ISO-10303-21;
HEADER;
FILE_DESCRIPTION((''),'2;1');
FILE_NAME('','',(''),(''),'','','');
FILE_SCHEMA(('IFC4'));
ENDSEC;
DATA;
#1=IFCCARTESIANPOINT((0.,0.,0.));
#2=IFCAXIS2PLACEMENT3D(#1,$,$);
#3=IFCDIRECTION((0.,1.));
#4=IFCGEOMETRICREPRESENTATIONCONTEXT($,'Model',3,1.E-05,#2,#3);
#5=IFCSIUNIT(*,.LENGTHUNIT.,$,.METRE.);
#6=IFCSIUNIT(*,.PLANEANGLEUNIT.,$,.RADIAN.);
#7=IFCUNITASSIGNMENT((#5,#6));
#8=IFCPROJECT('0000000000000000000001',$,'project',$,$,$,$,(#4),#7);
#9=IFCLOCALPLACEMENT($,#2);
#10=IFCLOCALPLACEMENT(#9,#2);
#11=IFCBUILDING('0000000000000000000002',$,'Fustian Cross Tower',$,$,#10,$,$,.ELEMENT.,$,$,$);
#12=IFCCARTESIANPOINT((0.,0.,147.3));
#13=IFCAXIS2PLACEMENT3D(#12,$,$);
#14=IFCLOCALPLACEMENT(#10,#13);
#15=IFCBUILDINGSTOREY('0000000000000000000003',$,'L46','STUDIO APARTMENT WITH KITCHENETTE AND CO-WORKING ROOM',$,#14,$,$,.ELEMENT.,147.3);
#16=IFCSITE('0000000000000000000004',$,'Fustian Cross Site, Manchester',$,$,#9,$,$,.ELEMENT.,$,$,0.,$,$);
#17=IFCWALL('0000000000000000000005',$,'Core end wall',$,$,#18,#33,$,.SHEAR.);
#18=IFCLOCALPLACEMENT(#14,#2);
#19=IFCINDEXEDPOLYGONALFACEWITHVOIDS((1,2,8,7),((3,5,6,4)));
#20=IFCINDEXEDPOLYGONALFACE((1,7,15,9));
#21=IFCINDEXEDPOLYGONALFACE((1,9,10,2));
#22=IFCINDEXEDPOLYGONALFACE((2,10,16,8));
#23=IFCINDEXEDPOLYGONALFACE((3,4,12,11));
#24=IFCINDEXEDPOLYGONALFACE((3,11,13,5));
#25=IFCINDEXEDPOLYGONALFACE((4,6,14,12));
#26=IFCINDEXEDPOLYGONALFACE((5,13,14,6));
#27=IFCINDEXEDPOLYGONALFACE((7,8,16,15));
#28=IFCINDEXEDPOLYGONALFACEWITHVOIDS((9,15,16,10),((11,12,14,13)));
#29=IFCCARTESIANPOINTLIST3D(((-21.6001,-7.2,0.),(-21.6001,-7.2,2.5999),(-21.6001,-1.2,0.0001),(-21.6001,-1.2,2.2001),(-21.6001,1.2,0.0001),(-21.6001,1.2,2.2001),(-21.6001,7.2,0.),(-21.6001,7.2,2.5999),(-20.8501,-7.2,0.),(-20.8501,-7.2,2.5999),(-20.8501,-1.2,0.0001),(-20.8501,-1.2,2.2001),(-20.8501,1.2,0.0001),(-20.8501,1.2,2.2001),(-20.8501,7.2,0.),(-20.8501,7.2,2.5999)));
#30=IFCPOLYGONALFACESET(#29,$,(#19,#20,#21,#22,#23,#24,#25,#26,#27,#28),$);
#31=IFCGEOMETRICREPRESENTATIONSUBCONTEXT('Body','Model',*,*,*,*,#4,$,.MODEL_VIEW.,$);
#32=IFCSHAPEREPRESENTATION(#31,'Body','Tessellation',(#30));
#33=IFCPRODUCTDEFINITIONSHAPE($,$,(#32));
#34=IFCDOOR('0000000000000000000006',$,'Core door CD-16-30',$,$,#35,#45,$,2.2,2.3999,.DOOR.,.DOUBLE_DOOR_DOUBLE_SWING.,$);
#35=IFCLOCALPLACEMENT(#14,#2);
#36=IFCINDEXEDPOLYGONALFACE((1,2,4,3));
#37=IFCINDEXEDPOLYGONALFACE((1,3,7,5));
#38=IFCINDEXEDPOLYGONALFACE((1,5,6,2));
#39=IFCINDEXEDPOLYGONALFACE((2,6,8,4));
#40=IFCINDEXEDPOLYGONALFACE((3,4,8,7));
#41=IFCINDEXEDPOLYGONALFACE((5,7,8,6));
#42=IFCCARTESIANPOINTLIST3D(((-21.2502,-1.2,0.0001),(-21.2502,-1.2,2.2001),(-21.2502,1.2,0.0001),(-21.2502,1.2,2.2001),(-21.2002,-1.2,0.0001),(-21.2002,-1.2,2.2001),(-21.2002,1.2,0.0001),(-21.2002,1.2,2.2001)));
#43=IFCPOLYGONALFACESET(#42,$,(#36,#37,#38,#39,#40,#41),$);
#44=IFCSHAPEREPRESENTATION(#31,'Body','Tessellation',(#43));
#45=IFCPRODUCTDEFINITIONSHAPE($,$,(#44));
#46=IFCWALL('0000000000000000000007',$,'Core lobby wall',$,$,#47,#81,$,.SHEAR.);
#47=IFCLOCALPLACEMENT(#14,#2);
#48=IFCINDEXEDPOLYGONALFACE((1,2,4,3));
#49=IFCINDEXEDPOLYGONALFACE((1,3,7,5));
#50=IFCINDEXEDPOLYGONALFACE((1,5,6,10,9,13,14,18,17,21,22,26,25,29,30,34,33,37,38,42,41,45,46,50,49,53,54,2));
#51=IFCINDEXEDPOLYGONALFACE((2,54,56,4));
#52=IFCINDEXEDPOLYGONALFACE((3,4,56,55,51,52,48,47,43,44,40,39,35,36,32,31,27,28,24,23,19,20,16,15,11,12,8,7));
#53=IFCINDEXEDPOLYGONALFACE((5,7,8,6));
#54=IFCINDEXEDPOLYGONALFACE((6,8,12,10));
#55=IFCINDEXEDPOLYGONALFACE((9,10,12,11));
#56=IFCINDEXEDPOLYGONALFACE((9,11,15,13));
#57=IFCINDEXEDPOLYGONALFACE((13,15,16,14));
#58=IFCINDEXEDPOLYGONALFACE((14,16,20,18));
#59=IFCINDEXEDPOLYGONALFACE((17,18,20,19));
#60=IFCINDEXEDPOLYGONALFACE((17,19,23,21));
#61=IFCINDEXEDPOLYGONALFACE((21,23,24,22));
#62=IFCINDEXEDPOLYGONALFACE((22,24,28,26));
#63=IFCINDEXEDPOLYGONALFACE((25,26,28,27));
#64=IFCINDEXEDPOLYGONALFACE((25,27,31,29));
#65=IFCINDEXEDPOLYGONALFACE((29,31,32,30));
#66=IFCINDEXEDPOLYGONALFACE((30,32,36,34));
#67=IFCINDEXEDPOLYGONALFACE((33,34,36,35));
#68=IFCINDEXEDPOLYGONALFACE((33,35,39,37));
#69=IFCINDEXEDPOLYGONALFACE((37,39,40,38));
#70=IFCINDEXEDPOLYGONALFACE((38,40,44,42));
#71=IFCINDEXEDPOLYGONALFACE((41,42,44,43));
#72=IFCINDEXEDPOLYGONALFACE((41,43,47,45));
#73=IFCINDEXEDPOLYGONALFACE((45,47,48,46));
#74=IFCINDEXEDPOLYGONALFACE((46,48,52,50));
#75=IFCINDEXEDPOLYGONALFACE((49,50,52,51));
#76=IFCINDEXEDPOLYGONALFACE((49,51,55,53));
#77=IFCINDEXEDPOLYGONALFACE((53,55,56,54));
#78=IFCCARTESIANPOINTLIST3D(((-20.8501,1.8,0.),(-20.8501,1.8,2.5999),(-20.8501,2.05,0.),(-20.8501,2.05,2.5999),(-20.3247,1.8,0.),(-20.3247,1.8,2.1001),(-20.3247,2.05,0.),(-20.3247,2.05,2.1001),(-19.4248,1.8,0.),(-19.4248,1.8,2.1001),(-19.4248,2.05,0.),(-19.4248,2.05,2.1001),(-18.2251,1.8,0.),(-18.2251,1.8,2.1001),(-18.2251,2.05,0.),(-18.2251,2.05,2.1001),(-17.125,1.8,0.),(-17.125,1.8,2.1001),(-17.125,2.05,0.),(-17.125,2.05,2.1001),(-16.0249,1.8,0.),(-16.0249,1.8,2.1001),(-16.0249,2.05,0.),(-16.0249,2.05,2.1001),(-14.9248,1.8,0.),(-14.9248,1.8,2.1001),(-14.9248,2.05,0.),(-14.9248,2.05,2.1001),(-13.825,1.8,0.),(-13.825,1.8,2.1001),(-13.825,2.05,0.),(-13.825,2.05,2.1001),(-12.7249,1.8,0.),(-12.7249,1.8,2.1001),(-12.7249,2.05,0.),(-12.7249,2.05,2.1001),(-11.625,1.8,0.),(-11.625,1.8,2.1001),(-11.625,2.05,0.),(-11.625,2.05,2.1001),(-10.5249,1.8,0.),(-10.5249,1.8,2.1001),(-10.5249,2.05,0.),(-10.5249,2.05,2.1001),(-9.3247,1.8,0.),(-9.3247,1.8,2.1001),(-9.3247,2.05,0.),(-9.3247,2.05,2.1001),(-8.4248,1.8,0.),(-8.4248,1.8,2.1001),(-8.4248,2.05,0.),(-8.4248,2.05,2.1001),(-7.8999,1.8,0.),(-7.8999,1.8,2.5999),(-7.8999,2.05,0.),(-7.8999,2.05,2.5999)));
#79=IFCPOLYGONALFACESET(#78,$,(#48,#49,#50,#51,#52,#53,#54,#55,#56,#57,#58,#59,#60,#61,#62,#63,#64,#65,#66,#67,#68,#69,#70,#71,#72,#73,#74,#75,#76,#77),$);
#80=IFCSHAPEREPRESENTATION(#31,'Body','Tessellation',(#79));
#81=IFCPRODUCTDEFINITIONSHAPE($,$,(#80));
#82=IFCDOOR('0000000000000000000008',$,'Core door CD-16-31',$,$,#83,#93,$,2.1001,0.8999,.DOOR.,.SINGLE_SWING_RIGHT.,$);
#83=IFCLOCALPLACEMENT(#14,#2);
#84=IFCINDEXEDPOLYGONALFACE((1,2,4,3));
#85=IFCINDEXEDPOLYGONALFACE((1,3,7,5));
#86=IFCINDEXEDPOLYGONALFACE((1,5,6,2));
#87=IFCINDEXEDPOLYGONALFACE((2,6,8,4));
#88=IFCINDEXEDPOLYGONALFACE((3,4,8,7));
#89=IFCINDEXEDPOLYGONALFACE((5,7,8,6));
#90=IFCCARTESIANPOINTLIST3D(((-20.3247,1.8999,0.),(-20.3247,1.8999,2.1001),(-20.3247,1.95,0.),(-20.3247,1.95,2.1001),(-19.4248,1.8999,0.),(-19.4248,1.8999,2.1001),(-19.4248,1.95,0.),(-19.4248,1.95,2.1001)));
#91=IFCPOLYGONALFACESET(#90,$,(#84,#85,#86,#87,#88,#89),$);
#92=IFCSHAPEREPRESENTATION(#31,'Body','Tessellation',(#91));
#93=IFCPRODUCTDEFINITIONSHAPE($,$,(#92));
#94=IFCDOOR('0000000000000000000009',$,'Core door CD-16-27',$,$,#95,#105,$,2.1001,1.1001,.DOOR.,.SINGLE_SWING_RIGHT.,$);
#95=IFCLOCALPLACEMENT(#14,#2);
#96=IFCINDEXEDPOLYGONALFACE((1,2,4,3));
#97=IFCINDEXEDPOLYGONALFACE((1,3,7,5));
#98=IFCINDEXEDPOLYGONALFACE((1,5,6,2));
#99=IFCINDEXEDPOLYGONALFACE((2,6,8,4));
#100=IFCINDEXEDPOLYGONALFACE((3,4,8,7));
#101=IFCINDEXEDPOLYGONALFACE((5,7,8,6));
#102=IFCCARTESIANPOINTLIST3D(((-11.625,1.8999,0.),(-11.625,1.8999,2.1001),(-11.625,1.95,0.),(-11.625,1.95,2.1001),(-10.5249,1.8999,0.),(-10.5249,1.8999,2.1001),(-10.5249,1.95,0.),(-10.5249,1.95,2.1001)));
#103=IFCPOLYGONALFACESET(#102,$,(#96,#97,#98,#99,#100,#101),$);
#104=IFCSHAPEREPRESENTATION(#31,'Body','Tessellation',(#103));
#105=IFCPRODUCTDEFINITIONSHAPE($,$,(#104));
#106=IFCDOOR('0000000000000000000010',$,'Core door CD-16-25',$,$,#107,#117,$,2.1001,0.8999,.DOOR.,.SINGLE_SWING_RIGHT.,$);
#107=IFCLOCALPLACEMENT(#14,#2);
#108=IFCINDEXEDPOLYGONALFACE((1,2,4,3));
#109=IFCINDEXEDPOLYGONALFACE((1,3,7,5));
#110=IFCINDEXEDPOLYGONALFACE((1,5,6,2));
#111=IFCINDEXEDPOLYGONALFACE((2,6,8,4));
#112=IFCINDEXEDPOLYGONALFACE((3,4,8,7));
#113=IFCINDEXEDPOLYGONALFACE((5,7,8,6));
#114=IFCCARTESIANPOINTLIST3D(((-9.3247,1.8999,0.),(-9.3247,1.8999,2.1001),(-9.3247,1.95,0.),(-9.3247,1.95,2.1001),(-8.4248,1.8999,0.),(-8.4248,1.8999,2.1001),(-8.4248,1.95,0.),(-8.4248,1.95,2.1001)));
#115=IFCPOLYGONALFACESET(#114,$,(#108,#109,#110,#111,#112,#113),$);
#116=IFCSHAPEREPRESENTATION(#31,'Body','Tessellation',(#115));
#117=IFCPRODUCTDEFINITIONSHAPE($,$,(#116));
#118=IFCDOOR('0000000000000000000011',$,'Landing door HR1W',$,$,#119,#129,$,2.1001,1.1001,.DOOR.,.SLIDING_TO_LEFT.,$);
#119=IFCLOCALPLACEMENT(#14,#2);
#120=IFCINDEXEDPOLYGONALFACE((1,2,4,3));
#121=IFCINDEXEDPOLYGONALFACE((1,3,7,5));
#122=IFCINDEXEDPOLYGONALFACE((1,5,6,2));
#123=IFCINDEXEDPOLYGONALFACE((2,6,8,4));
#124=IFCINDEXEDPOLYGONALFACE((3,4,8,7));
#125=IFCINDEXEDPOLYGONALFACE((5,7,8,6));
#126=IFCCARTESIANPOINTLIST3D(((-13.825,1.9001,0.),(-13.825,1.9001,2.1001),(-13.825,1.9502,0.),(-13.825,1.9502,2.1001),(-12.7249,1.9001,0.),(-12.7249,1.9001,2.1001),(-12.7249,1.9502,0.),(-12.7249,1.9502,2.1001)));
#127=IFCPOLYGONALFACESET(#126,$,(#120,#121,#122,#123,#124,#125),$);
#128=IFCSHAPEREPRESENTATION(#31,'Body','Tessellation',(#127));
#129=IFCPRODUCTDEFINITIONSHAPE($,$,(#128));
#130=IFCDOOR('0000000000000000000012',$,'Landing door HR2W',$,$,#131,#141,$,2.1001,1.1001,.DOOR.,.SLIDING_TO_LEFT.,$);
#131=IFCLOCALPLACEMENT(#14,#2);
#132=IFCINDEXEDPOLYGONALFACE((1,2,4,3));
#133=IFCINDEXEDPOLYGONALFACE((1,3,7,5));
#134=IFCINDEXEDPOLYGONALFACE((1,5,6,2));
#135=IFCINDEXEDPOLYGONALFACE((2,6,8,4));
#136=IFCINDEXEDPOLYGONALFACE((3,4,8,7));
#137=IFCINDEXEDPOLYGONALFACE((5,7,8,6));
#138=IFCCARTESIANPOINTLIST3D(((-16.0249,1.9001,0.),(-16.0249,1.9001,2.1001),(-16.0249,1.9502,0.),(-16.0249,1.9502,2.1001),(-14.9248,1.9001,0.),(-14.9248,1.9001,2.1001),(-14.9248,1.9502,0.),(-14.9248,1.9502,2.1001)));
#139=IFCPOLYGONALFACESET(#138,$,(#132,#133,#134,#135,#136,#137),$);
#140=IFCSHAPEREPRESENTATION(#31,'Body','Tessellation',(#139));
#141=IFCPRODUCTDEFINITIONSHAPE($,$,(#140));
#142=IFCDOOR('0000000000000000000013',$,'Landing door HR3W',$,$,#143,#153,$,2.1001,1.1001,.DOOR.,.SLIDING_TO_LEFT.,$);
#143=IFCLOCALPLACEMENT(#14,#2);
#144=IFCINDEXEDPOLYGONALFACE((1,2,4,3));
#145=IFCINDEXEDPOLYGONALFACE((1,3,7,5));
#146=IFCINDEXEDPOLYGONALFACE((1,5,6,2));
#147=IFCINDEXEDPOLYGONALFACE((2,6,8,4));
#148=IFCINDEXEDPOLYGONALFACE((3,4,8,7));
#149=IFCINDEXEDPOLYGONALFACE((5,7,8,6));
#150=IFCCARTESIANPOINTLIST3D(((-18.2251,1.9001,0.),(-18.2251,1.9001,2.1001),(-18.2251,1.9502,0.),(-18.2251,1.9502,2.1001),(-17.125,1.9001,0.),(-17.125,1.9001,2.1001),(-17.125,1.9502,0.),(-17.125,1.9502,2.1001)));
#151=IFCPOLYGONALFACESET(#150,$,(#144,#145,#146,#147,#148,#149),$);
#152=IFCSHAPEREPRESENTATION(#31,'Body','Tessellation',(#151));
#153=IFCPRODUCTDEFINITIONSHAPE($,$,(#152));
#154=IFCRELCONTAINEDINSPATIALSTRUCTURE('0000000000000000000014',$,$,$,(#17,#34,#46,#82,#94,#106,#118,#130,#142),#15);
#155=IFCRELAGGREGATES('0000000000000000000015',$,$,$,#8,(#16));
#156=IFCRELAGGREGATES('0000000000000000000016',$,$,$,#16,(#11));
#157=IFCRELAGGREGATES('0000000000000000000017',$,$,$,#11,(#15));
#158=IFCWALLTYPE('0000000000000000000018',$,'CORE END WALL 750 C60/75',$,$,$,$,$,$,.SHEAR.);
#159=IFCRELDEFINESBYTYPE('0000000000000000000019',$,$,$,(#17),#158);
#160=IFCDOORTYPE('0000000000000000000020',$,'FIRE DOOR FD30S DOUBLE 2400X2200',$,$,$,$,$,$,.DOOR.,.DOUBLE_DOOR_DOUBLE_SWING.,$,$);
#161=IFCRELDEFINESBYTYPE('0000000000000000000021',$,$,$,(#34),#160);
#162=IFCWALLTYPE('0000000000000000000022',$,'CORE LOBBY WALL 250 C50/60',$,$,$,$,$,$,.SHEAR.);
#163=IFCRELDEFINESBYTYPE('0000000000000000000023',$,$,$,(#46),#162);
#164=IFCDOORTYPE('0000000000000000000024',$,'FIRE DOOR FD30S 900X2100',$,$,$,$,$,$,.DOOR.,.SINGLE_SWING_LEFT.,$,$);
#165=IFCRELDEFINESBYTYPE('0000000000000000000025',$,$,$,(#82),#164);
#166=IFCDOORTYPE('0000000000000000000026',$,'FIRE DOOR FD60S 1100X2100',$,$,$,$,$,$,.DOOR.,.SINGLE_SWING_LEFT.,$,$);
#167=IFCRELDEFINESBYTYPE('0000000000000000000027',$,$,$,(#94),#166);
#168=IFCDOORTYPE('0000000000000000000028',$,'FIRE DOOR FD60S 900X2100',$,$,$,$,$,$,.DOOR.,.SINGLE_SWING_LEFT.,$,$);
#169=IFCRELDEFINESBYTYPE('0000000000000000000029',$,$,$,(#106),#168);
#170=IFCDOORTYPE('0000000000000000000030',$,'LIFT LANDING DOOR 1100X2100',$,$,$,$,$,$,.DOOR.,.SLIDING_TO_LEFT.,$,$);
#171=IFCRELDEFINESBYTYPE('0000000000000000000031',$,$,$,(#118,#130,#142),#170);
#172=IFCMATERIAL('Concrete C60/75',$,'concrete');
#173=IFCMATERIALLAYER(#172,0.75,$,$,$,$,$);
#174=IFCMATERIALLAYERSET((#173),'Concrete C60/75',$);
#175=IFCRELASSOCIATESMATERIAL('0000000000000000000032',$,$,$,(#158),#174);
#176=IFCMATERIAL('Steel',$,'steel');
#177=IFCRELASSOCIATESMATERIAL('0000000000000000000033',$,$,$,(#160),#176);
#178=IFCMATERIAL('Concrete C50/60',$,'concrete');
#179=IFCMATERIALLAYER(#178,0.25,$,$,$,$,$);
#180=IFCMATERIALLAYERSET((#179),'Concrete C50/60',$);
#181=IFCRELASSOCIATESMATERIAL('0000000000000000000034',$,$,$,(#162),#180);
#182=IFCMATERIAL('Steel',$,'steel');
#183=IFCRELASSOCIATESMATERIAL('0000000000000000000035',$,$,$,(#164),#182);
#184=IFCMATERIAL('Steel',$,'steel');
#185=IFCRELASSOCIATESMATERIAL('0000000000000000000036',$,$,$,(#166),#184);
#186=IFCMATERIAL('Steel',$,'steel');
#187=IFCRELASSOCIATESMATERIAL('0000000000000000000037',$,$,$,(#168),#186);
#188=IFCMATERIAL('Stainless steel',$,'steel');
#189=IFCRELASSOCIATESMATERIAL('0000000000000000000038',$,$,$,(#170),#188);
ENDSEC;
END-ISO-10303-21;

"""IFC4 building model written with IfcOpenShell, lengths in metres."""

from ifc_helpers import new_model, si_unit, direction, frame, frame_2d, origin, place, context, subcontext, project, spatial, rectangle, extrude, material, layer, layer_set, type_object, element, fill, save


model = new_model("IFC4")

# Units and contexts
model_context = context("Model", 3, precision=1e-05, world=origin(), true_north=direction((0.0, 1.0)))
body_context = subcontext(model_context, "Body", "Model", "MODEL_VIEW")
ifc_project = project(units=[si_unit("LENGTHUNIT", "METRE"), si_unit("PLANEANGLEUNIT", "RADIAN")], contexts=[model_context])

# Site, building, storey
site_placement = place(None, origin())
site = spatial("IfcSite", under=ifc_project, at=site_placement, Name="Fustian Cross Site, Manchester", CompositionType="ELEMENT", RefElevation=0.0)
building_placement = place(site_placement, origin())
building = spatial("IfcBuilding", under=site, at=building_placement, Name="Fustian Cross Tower", CompositionType="ELEMENT")
storey_placement = place(building_placement, frame((0.0, 0.0, 147.3)))
storey = spatial("IfcBuildingStorey", under=building, at=storey_placement, Name="L46", Description="STUDIO APARTMENT WITH KITCHENETTE AND CO-WORKING ROOM", CompositionType="ELEMENT", Elevation=147.3)

# Wall, opening, door
ifc_material_1 = material(Name="Concrete C60/75", Category="concrete")
ifc_layer_1 = layer(ifc_material_1, 0.75)
ifc_layer_set_1 = layer_set([ifc_layer_1], Name="Concrete C60/75")
wall_type_1 = type_object("IfcWallType", Name="CORE END WALL 750 C60/75", PredefinedType="SHEAR", material=ifc_layer_set_1)
wall_1_placement = place(storey_placement, frame((-21.2251, -7.2, 0.0), z_axis=(0.0, 0.0, 1.0), x_axis=(0.0, 1.0, 0.0)))
wall_1 = element("IfcWall", 1, at=wall_1_placement, inside=storey, type_object=wall_type_1, Name="Core end wall", PredefinedType="SHEAR", context=body_context, shape_type="SweptSolid", body=[
    extrude(rectangle(XDim=14.3999, YDim=0.75, at=frame_2d((7.2, 0.0))), origin(), (0.0, 0.0, 1.0), 2.5999),
])
opening_1_placement = place(wall_1_placement, frame((6.0, 0.0, 0.0)))
opening_1 = element("IfcOpeningElement", 2, at=opening_1_placement, cuts=wall_1, PredefinedType="OPENING", context=body_context, shape_type="SweptSolid", body=[
    extrude(rectangle(XDim=2.3999, YDim=2.2, at=frame_2d((1.2, 1.1001))), frame((0.0, 0.385, 0.0), z_axis=(0.0, -1.0, 0.0), x_axis=(1.0, 0.0, 0.0)), (0.0, 0.0, 1.0), 0.77),
])
ifc_material_2 = material(Name="Steel", Category="steel")
door_type_1 = type_object("IfcDoorType", Name="FIRE DOOR FD30S DOUBLE 2400X2200", OperationType="DOUBLE_DOOR_DOUBLE_SWING", PredefinedType="DOOR", material=ifc_material_2)
door_1_placement = place(opening_1_placement, frame((2.3999, 0.0, 0.0), z_axis=(0.0, 0.0, 1.0), x_axis=(-1.0, 0.0, 0.0)))
door_1 = element("IfcDoor", 3, at=door_1_placement, inside=storey, type_object=door_type_1, Name="Core door CD-16-30", OperationType="DOUBLE_DOOR_DOUBLE_SWING", OverallHeight=2.2, OverallWidth=2.3999, PredefinedType="DOOR", context=body_context, shape_type="SweptSolid", body=[
    extrude(rectangle(XDim=2.3999, YDim=2.2, at=frame_2d((1.2, 1.1001))), frame((0.0, 0.0249, 0.0), z_axis=(0.0, -1.0, 0.0), x_axis=(1.0, 0.0, 0.0)), (0.0, 0.0, 1.0), 0.05),
])
fill(opening_1, door_1)

# Wall, openings, doors
ifc_material_3 = material(Name="Concrete C50/60", Category="concrete")
ifc_layer_2 = layer(ifc_material_3, 0.25)
ifc_layer_set_2 = layer_set([ifc_layer_2], Name="Concrete C50/60")
wall_type_2 = type_object("IfcWallType", Name="CORE LOBBY WALL 250 C50/60", PredefinedType="SHEAR", material=ifc_layer_set_2)
wall_2_placement = place(storey_placement, frame((-7.8999, 1.925, 0.0), z_axis=(0.0, 0.0, 1.0), x_axis=(-1.0, 0.0, 0.0)))
wall_2 = element("IfcWall", 4, at=wall_2_placement, inside=storey, type_object=wall_type_2, Name="Core lobby wall", PredefinedType="SHEAR", context=body_context, shape_type="SweptSolid", body=[
    extrude(rectangle(XDim=12.9502, YDim=0.25, at=frame_2d((6.4751, 0.0))), origin(), (0.0, 0.0, 1.0), 2.5999),
])
opening_2_placement = place(wall_2_placement, frame((4.825, 0.0, 0.0)))
opening_2 = element("IfcOpeningElement", 5, at=opening_2_placement, cuts=wall_2, PredefinedType="OPENING", context=body_context, shape_type="SweptSolid", body=[
    extrude(rectangle(XDim=1.1001, YDim=2.1001, at=frame_2d((0.55, 1.05))), frame((0.0, 0.135, 0.0), z_axis=(0.0, -1.0, 0.0), x_axis=(1.0, 0.0, 0.0)), (0.0, 0.0, 1.0), 0.27),
])
opening_3_placement = place(wall_2_placement, frame((7.0249, 0.0, 0.0)))
opening_3 = element("IfcOpeningElement", 6, at=opening_3_placement, cuts=wall_2, PredefinedType="OPENING", context=body_context, shape_type="SweptSolid", body=[
    extrude(rectangle(XDim=1.1001, YDim=2.1001, at=frame_2d((0.55, 1.05))), frame((0.0, 0.135, 0.0), z_axis=(0.0, -1.0, 0.0), x_axis=(1.0, 0.0, 0.0)), (0.0, 0.0, 1.0), 0.27),
])
opening_4_placement = place(wall_2_placement, frame((9.2251, 0.0, 0.0)))
opening_4 = element("IfcOpeningElement", 7, at=opening_4_placement, cuts=wall_2, PredefinedType="OPENING", context=body_context, shape_type="SweptSolid", body=[
    extrude(rectangle(XDim=1.1001, YDim=2.1001, at=frame_2d((0.55, 1.05))), frame((0.0, 0.135, 0.0), z_axis=(0.0, -1.0, 0.0), x_axis=(1.0, 0.0, 0.0)), (0.0, 0.0, 1.0), 0.27),
])
opening_5_placement = place(wall_2_placement, frame((0.5249, 0.0, 0.0)))
opening_5 = element("IfcOpeningElement", 8, at=opening_5_placement, cuts=wall_2, PredefinedType="OPENING", context=body_context, shape_type="SweptSolid", body=[
    extrude(rectangle(XDim=0.8999, YDim=2.1001, at=frame_2d((0.45, 1.05))), frame((0.0, 0.135, 0.0), z_axis=(0.0, -1.0, 0.0), x_axis=(1.0, 0.0, 0.0)), (0.0, 0.0, 1.0), 0.27),
])
opening_6_placement = place(wall_2_placement, frame((2.625, 0.0, 0.0)))
opening_6 = element("IfcOpeningElement", 9, at=opening_6_placement, cuts=wall_2, PredefinedType="OPENING", context=body_context, shape_type="SweptSolid", body=[
    extrude(rectangle(XDim=1.1001, YDim=2.1001, at=frame_2d((0.55, 1.05))), frame((0.0, 0.135, 0.0), z_axis=(0.0, -1.0, 0.0), x_axis=(1.0, 0.0, 0.0)), (0.0, 0.0, 1.0), 0.27),
])
opening_7_placement = place(wall_2_placement, frame((11.5249, 0.0, 0.0)))
opening_7 = element("IfcOpeningElement", 10, at=opening_7_placement, cuts=wall_2, PredefinedType="OPENING", context=body_context, shape_type="SweptSolid", body=[
    extrude(rectangle(XDim=0.8999, YDim=2.1001, at=frame_2d((0.45, 1.05))), frame((0.0, 0.135, 0.0), z_axis=(0.0, -1.0, 0.0), x_axis=(1.0, 0.0, 0.0)), (0.0, 0.0, 1.0), 0.27),
])
ifc_material_4 = material(Name="Steel", Category="steel")
door_type_2 = type_object("IfcDoorType", Name="FIRE DOOR FD30S 900X2100", OperationType="SINGLE_SWING_LEFT", PredefinedType="DOOR", material=ifc_material_4)
door_2_placement = place(opening_7_placement, frame((0.8999, 0.0, 0.0), z_axis=(0.0, 0.0, 1.0), x_axis=(-1.0, 0.0, 0.0)))
door_2 = element("IfcDoor", 11, at=door_2_placement, inside=storey, type_object=door_type_2, Name="Core door CD-16-31", OperationType="SINGLE_SWING_RIGHT", OverallHeight=2.1001, OverallWidth=0.8999, PredefinedType="DOOR", context=body_context, shape_type="SweptSolid", body=[
    extrude(rectangle(XDim=0.8999, YDim=2.1001, at=frame_2d((0.45, 1.05))), frame((0.0, 0.0249, 0.0), z_axis=(0.0, -1.0, 0.0), x_axis=(1.0, 0.0, 0.0)), (0.0, 0.0, 1.0), 0.05),
])
fill(opening_7, door_2)
ifc_material_5 = material(Name="Steel", Category="steel")
door_type_3 = type_object("IfcDoorType", Name="FIRE DOOR FD60S 1100X2100", OperationType="SINGLE_SWING_LEFT", PredefinedType="DOOR", material=ifc_material_5)
door_3_placement = place(opening_6_placement, frame((1.1001, 0.0, 0.0), z_axis=(0.0, 0.0, 1.0), x_axis=(-1.0, 0.0, 0.0)))
door_3 = element("IfcDoor", 12, at=door_3_placement, inside=storey, type_object=door_type_3, Name="Core door CD-16-27", OperationType="SINGLE_SWING_RIGHT", OverallHeight=2.1001, OverallWidth=1.1001, PredefinedType="DOOR", context=body_context, shape_type="SweptSolid", body=[
    extrude(rectangle(XDim=1.1001, YDim=2.1001, at=frame_2d((0.55, 1.05))), frame((0.0, 0.0249, 0.0), z_axis=(0.0, -1.0, 0.0), x_axis=(1.0, 0.0, 0.0)), (0.0, 0.0, 1.0), 0.05),
])
fill(opening_6, door_3)
ifc_material_6 = material(Name="Steel", Category="steel")
door_type_4 = type_object("IfcDoorType", Name="FIRE DOOR FD60S 900X2100", OperationType="SINGLE_SWING_LEFT", PredefinedType="DOOR", material=ifc_material_6)
door_4_placement = place(opening_5_placement, frame((0.8999, 0.0, 0.0), z_axis=(0.0, 0.0, 1.0), x_axis=(-1.0, 0.0, 0.0)))
door_4 = element("IfcDoor", 13, at=door_4_placement, inside=storey, type_object=door_type_4, Name="Core door CD-16-25", OperationType="SINGLE_SWING_RIGHT", OverallHeight=2.1001, OverallWidth=0.8999, PredefinedType="DOOR", context=body_context, shape_type="SweptSolid", body=[
    extrude(rectangle(XDim=0.8999, YDim=2.1001, at=frame_2d((0.45, 1.05))), frame((0.0, 0.0249, 0.0), z_axis=(0.0, -1.0, 0.0), x_axis=(1.0, 0.0, 0.0)), (0.0, 0.0, 1.0), 0.05),
])
fill(opening_5, door_4)
ifc_material_7 = material(Name="Stainless steel", Category="steel")
door_type_5 = type_object("IfcDoorType", Name="LIFT LANDING DOOR 1100X2100", OperationType="SLIDING_TO_LEFT", PredefinedType="DOOR", material=ifc_material_7)
door_5_placement = place(opening_2_placement, origin())
door_5 = element("IfcDoor", 14, at=door_5_placement, inside=storey, type_object=door_type_5, Name="Landing door HR1W", OperationType="SLIDING_TO_LEFT", OverallHeight=2.1001, OverallWidth=1.1001, PredefinedType="DOOR", context=body_context, shape_type="SweptSolid", body=[
    extrude(rectangle(XDim=1.1001, YDim=2.1001, at=frame_2d((0.55, 1.05))), frame((0.0, 0.0249, 0.0), z_axis=(0.0, -1.0, 0.0), x_axis=(1.0, 0.0, 0.0)), (0.0, 0.0, 1.0), 0.05),
])
fill(opening_2, door_5)
door_6_placement = place(opening_3_placement, origin())
door_6 = element("IfcDoor", 15, at=door_6_placement, inside=storey, type_object=door_type_5, Name="Landing door HR2W", OperationType="SLIDING_TO_LEFT", OverallHeight=2.1001, OverallWidth=1.1001, PredefinedType="DOOR", context=body_context, shape_type="SweptSolid", body=[
    extrude(rectangle(XDim=1.1001, YDim=2.1001, at=frame_2d((0.55, 1.05))), frame((0.0, 0.0249, 0.0), z_axis=(0.0, -1.0, 0.0), x_axis=(1.0, 0.0, 0.0)), (0.0, 0.0, 1.0), 0.05),
])
fill(opening_3, door_6)
door_7_placement = place(opening_4_placement, origin())
door_7 = element("IfcDoor", 16, at=door_7_placement, inside=storey, type_object=door_type_5, Name="Landing door HR3W", OperationType="SLIDING_TO_LEFT", OverallHeight=2.1001, OverallWidth=1.1001, PredefinedType="DOOR", context=body_context, shape_type="SweptSolid", body=[
    extrude(rectangle(XDim=1.1001, YDim=2.1001, at=frame_2d((0.55, 1.05))), frame((0.0, 0.0249, 0.0), z_axis=(0.0, -1.0, 0.0), x_axis=(1.0, 0.0, 0.0)), (0.0, 0.0, 1.0), 0.05),
])
fill(opening_4, door_7)

save(model, "model.ifc")
